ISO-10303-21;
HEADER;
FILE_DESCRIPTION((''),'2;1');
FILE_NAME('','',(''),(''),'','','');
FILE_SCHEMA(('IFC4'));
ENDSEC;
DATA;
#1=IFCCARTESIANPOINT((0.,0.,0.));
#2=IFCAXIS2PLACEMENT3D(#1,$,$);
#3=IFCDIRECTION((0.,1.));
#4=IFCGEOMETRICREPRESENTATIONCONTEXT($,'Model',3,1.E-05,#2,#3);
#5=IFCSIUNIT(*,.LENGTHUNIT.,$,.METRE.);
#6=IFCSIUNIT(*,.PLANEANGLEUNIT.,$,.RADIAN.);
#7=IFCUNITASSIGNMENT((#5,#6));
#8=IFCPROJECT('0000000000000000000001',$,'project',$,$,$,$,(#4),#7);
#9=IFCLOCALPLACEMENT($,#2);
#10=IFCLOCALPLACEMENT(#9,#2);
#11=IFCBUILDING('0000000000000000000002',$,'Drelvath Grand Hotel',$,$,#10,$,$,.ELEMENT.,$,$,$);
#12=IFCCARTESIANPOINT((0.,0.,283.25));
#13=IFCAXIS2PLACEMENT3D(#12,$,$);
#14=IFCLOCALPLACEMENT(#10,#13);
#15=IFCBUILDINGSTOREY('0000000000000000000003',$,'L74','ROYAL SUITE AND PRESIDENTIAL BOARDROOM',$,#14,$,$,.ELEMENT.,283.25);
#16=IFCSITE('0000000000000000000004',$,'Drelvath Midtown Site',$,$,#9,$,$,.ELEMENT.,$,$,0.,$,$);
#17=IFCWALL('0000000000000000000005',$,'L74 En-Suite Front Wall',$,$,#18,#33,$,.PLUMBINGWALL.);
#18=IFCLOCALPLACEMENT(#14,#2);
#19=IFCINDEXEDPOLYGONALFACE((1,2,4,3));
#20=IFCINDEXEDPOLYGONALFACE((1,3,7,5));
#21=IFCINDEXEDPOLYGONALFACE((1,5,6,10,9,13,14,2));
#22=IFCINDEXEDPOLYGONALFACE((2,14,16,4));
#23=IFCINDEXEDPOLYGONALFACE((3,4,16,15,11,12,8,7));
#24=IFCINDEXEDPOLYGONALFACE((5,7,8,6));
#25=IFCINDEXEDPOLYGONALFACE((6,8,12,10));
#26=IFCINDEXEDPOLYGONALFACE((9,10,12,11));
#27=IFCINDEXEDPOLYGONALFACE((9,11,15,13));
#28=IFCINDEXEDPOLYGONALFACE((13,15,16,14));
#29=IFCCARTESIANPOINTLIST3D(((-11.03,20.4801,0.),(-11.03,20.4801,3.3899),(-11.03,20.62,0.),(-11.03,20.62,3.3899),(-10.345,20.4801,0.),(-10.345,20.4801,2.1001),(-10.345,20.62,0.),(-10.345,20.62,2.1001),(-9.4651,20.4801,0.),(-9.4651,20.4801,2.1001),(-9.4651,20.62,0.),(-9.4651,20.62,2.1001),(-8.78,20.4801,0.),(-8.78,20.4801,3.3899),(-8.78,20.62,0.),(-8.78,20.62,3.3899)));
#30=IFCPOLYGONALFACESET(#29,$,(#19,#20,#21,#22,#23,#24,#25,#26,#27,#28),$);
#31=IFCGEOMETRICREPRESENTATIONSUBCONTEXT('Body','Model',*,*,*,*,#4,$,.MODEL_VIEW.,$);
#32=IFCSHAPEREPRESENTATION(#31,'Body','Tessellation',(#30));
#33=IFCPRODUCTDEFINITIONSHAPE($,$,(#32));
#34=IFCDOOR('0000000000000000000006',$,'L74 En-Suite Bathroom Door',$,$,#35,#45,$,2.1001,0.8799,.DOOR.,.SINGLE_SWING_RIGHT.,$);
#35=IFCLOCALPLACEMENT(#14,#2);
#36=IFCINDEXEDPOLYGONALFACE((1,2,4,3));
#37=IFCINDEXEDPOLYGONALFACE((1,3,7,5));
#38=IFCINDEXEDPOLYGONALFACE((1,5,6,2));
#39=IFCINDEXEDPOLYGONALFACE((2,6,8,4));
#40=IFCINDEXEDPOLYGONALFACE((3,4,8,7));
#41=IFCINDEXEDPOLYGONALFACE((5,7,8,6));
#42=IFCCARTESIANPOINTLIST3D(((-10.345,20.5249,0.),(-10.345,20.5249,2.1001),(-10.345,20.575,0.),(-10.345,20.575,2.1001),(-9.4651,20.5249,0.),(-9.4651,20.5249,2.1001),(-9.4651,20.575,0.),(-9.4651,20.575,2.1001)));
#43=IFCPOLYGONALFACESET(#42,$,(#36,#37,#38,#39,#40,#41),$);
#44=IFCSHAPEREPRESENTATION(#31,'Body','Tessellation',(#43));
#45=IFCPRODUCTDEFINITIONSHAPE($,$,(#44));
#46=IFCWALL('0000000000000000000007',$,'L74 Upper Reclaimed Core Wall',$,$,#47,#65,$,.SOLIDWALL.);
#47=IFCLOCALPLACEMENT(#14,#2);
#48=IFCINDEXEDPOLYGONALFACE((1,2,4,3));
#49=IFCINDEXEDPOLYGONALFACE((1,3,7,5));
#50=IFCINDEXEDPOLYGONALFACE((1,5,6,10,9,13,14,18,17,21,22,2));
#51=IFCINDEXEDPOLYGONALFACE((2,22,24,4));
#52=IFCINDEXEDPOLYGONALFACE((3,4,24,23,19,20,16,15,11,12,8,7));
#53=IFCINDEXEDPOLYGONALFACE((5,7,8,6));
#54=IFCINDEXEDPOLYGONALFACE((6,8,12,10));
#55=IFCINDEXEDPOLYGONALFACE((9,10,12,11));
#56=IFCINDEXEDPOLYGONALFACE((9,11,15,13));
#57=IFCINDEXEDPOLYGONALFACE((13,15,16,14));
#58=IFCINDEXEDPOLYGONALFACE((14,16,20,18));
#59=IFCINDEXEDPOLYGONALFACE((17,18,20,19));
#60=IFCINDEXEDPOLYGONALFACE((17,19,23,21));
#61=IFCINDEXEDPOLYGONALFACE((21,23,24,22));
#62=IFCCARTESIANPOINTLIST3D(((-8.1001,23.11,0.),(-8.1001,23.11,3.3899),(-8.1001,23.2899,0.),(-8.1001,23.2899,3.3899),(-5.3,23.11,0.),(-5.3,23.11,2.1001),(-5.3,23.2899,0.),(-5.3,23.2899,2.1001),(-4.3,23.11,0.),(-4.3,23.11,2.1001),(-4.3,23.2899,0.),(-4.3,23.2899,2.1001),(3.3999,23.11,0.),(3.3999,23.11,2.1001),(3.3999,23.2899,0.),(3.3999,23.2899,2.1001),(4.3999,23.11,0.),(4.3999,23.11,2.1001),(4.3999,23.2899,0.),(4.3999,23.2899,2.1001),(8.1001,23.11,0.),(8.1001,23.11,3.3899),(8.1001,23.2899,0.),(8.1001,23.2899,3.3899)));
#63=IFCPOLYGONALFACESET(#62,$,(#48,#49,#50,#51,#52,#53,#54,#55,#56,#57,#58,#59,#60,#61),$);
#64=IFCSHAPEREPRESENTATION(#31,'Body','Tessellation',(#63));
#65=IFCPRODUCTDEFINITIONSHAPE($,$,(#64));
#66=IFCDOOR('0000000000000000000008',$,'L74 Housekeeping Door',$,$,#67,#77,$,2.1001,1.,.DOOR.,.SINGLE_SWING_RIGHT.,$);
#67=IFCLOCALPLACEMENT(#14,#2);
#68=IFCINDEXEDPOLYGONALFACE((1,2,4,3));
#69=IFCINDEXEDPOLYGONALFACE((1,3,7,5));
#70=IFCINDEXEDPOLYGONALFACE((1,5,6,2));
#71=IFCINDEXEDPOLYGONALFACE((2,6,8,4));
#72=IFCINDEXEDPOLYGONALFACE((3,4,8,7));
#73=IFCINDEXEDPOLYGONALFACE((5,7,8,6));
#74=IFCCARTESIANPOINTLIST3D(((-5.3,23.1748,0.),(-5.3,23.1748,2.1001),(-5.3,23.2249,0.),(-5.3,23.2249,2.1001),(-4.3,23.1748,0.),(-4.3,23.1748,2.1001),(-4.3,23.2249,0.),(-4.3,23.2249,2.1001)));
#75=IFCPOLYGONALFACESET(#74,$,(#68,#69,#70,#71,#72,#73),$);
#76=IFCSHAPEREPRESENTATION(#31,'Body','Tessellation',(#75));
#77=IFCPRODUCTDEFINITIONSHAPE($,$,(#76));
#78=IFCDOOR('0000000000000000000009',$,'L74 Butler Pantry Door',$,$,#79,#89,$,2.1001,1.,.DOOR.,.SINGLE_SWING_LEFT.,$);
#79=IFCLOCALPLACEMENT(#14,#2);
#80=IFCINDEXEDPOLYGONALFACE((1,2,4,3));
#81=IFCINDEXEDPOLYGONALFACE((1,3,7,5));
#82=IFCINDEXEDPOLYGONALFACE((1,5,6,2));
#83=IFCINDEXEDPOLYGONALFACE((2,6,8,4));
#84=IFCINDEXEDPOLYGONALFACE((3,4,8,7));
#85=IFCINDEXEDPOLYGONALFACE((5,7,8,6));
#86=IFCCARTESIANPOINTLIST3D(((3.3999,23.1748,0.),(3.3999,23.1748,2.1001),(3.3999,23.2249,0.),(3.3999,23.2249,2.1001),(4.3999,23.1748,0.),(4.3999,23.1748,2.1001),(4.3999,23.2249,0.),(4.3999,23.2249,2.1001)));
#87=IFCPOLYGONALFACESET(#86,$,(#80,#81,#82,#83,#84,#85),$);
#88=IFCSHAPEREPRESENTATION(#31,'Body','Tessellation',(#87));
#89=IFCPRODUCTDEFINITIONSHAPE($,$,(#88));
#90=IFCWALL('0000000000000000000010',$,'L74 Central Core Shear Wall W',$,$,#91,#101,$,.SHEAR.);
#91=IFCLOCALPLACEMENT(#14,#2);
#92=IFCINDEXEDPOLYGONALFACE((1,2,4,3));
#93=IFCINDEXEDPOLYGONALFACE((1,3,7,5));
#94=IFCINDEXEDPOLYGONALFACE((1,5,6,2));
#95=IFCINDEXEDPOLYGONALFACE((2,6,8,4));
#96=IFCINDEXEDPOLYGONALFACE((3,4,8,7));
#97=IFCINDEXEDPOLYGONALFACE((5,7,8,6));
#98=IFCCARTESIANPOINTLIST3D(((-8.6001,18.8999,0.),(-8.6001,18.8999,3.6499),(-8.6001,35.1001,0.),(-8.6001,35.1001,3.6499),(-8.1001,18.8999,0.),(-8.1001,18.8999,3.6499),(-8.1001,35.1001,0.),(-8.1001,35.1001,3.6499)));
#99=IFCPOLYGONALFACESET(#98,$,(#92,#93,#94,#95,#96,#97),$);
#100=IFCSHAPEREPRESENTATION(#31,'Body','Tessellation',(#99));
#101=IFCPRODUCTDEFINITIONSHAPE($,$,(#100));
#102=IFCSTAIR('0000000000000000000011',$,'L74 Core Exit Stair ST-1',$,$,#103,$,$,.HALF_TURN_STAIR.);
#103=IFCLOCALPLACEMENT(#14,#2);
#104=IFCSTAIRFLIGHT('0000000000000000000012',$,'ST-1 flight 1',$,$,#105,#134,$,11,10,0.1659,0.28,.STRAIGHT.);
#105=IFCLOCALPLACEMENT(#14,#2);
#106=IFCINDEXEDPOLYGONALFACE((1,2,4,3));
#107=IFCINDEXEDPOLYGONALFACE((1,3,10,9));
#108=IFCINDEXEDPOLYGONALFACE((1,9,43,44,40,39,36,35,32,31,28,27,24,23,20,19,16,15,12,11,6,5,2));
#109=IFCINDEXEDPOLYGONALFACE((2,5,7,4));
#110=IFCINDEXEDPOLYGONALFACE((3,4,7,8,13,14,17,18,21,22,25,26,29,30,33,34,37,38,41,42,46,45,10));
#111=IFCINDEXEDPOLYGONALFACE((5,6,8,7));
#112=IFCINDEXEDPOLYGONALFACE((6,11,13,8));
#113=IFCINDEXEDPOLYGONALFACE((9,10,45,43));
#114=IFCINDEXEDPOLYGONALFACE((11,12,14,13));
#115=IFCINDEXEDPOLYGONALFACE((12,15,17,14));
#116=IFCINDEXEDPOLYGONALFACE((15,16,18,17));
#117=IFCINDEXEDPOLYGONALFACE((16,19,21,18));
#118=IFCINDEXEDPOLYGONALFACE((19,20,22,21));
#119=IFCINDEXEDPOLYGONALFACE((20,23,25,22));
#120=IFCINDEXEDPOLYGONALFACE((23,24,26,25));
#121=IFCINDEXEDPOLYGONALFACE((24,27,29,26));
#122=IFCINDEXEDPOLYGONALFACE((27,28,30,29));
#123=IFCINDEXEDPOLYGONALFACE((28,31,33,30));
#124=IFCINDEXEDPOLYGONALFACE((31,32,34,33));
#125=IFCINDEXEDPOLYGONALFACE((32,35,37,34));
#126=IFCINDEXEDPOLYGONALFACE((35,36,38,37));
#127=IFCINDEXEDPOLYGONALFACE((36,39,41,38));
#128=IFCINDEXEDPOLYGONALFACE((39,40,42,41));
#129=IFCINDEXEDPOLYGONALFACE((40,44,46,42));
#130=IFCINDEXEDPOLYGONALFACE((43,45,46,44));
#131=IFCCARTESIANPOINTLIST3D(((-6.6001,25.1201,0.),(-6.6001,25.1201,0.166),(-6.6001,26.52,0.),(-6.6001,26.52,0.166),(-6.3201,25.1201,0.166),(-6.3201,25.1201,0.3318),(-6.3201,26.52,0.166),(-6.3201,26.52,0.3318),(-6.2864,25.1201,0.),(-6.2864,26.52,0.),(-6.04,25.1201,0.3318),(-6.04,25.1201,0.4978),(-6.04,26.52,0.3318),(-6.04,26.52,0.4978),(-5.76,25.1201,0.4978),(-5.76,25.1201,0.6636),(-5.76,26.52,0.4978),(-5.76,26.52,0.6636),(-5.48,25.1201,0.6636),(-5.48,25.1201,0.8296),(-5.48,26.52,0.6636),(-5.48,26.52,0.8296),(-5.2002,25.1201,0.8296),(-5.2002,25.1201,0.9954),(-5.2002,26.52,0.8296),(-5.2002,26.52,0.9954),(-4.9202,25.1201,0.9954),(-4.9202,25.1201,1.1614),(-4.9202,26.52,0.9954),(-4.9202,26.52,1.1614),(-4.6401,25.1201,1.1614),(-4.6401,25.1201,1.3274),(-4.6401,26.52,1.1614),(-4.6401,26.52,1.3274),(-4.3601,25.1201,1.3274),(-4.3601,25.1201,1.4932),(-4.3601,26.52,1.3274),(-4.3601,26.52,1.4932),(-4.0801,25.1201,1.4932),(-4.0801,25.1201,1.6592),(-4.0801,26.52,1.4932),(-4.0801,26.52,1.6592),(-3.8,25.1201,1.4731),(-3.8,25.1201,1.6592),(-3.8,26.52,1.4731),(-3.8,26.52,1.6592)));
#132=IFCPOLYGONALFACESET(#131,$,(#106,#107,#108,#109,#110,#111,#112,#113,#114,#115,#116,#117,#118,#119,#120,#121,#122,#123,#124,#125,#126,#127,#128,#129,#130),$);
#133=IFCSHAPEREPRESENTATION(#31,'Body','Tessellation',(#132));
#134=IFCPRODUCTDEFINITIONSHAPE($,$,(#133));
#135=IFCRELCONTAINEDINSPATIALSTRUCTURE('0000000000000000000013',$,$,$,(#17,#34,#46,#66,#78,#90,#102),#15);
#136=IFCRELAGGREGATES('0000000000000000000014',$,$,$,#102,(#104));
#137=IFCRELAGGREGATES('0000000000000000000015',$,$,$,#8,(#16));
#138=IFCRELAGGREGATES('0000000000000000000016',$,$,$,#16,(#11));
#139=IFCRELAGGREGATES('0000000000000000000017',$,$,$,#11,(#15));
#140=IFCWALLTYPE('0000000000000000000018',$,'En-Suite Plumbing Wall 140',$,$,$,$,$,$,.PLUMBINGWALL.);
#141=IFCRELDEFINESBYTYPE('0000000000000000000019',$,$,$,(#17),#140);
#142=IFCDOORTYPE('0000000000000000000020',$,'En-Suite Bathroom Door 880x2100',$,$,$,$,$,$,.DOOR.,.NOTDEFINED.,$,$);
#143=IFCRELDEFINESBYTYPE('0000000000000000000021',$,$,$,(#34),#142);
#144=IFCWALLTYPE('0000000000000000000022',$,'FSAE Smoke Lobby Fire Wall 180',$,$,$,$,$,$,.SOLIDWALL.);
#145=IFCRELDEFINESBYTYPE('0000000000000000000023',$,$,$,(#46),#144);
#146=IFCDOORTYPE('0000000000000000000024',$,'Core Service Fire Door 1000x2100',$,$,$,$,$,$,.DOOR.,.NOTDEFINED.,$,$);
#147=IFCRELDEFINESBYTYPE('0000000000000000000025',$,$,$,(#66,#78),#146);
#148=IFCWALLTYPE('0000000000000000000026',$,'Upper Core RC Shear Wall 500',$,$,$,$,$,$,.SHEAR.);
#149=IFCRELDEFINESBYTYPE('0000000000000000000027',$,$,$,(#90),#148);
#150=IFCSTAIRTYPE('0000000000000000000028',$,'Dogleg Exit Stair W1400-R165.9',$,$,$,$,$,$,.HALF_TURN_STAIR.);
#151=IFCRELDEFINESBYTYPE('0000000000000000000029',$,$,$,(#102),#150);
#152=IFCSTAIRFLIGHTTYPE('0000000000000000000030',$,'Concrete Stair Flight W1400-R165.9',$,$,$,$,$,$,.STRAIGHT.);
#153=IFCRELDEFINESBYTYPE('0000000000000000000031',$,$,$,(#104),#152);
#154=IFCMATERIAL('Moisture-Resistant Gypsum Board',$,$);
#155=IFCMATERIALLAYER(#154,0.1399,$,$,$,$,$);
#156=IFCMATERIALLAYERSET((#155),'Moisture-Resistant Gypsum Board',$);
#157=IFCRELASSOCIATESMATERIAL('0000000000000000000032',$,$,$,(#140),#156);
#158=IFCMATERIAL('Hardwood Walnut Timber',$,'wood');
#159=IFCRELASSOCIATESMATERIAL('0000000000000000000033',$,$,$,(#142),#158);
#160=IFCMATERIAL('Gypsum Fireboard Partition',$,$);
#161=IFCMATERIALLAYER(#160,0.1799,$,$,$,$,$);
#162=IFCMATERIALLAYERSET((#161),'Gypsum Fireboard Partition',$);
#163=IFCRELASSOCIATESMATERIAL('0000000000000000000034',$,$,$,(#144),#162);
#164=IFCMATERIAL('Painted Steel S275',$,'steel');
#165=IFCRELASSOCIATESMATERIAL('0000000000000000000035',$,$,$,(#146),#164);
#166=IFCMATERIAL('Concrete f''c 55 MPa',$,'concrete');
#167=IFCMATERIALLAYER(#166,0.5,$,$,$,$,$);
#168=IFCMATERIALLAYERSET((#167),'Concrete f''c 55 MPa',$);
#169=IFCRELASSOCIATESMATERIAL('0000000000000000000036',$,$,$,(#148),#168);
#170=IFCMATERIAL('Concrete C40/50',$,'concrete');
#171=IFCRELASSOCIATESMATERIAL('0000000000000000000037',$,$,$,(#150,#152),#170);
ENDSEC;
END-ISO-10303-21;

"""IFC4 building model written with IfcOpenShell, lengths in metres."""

from ifc_helpers import new_model, si_unit, direction, frame, frame_2d, origin, place, context, subcontext, project, spatial, polyline, rectangle, outline, extrude, material, layer, layer_set, type_object, element, fill, aggregate, save


model = new_model("IFC4")

# Units and contexts
model_context = context("Model", 3, precision=1e-05, world=origin(), true_north=direction((0.0, 1.0)))
body_context = subcontext(model_context, "Body", "Model", "MODEL_VIEW")
ifc_project = project(units=[si_unit("LENGTHUNIT", "METRE"), si_unit("PLANEANGLEUNIT", "RADIAN")], contexts=[model_context])

# Site, building, storey
site_placement = place(None, origin())
site = spatial("IfcSite", under=ifc_project, at=site_placement, Name="Drelvath Midtown Site", CompositionType="ELEMENT", RefElevation=0.0)
building_placement = place(site_placement, origin())
building = spatial("IfcBuilding", under=site, at=building_placement, Name="Drelvath Grand Hotel", CompositionType="ELEMENT")
storey_placement = place(building_placement, frame((0.0, 0.0, 283.25)))
storey = spatial("IfcBuildingStorey", under=building, at=storey_placement, Name="L74", Description="ROYAL SUITE AND PRESIDENTIAL BOARDROOM", CompositionType="ELEMENT", Elevation=283.25)

# Shared definitions
ifc_material_1 = material(Name="Concrete f'c 55 MPa", Category="concrete")

# Shared definitions
ifc_material_2 = material(Name="Concrete C40/50", Category="concrete")
ifc_material_3 = material(Name="Painted Steel S275", Category="steel")

# Shared definitions
ifc_material_4 = material(Name="Gypsum Fireboard Partition")
ifc_material_5 = material(Name="Hardwood Walnut Timber", Category="wood")

# Shared definitions
ifc_material_6 = material(Name="Moisture-Resistant Gypsum Board")
ifc_layer_1 = layer(ifc_material_6, 0.1399)
ifc_layer_set_1 = layer_set([ifc_layer_1], Name="Moisture-Resistant Gypsum Board")
wall_type_1 = type_object("IfcWallType", Name="En-Suite Plumbing Wall 140", PredefinedType="PLUMBINGWALL", material=ifc_layer_set_1)

# Shared definitions
door_type_1 = type_object("IfcDoorType", Name="En-Suite Bathroom Door 880x2100", OperationType="NOTDEFINED", PredefinedType="DOOR", material=ifc_material_5)

# Wall, opening, door
wall_1_placement = place(storey_placement, frame((-11.03, 20.55, 0.0), z_axis=(0.0, 0.0, 1.0), x_axis=(1.0, 0.0, 0.0)))
wall_1 = element("IfcWall", 1, at=wall_1_placement, inside=storey, type_object=wall_type_1, Name="L74 En-Suite Front Wall", PredefinedType="PLUMBINGWALL", context=body_context, shape_type="SweptSolid", body=[
    extrude(rectangle(XDim=2.25, YDim=0.1399, at=frame_2d((1.125, 0.0))), origin(), (0.0, 0.0, 1.0), 3.3899),
])
opening_1_placement = place(wall_1_placement, frame((0.6851, 0.0, 0.0)))
opening_1 = element("IfcOpeningElement", 2, at=opening_1_placement, cuts=wall_1, PredefinedType="OPENING", context=body_context, shape_type="SweptSolid", body=[
    extrude(rectangle(XDim=0.8799, YDim=2.1001, at=frame_2d((0.4399, 1.05))), frame((0.0, 0.0798, 0.0), z_axis=(0.0, -1.0, 0.0), x_axis=(1.0, 0.0, 0.0)), (0.0, 0.0, 1.0), 0.1599),
])
door_1_placement = place(opening_1_placement, origin())
door_1 = element("IfcDoor", 3, at=door_1_placement, inside=storey, type_object=door_type_1, Name="L74 En-Suite Bathroom Door", OperationType="SINGLE_SWING_RIGHT", OverallHeight=2.1001, OverallWidth=0.8799, PredefinedType="DOOR", context=body_context, shape_type="SweptSolid", body=[
    extrude(rectangle(XDim=0.8799, YDim=2.1001, at=frame_2d((0.4399, 1.05))), frame((0.0, 0.0249, 0.0), z_axis=(0.0, -1.0, 0.0), x_axis=(1.0, 0.0, 0.0)), (0.0, 0.0, 1.0), 0.05),
])
fill(opening_1, door_1)

# Wall, openings, doors
ifc_layer_2 = layer(ifc_material_4, 0.1799)
ifc_layer_set_2 = layer_set([ifc_layer_2], Name="Gypsum Fireboard Partition")
wall_type_2 = type_object("IfcWallType", Name="FSAE Smoke Lobby Fire Wall 180", PredefinedType="SOLIDWALL", material=ifc_layer_set_2)
wall_2_placement = place(storey_placement, frame((-8.1001, 23.2, 0.0), z_axis=(0.0, 0.0, 1.0), x_axis=(1.0, 0.0, 0.0)))
wall_2 = element("IfcWall", 4, at=wall_2_placement, inside=storey, type_object=wall_type_2, Name="L74 Upper Reclaimed Core Wall", PredefinedType="SOLIDWALL", context=body_context, shape_type="SweptSolid", body=[
    extrude(rectangle(XDim=16.2002, YDim=0.1799, at=frame_2d((8.1001, 0.0))), origin(), (0.0, 0.0, 1.0), 3.3899),
])
opening_2_placement = place(wall_2_placement, frame((2.8, 0.0, 0.0)))
opening_2 = element("IfcOpeningElement", 5, at=opening_2_placement, cuts=wall_2, PredefinedType="OPENING", context=body_context, shape_type="SweptSolid", body=[
    extrude(rectangle(XDim=1.0, YDim=2.1001, at=frame_2d((0.5, 1.05))), frame((0.0, 0.0999, 0.0), z_axis=(0.0, -1.0, 0.0), x_axis=(1.0, 0.0, 0.0)), (0.0, 0.0, 1.0), 0.2),
])
opening_3_placement = place(wall_2_placement, frame((11.5, 0.0, 0.0)))
opening_3 = element("IfcOpeningElement", 6, at=opening_3_placement, cuts=wall_2, PredefinedType="OPENING", context=body_context, shape_type="SweptSolid", body=[
    extrude(rectangle(XDim=1.0, YDim=2.1001, at=frame_2d((0.5, 1.05))), frame((0.0, 0.0999, 0.0), z_axis=(0.0, -1.0, 0.0), x_axis=(1.0, 0.0, 0.0)), (0.0, 0.0, 1.0), 0.2),
])
door_type_2 = type_object("IfcDoorType", Name="Core Service Fire Door 1000x2100", OperationType="NOTDEFINED", PredefinedType="DOOR", material=ifc_material_3)
door_2_placement = place(opening_2_placement, origin())
door_2 = element("IfcDoor", 7, at=door_2_placement, inside=storey, type_object=door_type_2, Name="L74 Housekeeping Door", OperationType="SINGLE_SWING_RIGHT", OverallHeight=2.1001, OverallWidth=1.0, PredefinedType="DOOR", context=body_context, shape_type="SweptSolid", body=[
    extrude(rectangle(XDim=1.0, YDim=2.1001, at=frame_2d((0.5, 1.05))), frame((0.0, 0.0249, 0.0), z_axis=(0.0, -1.0, 0.0), x_axis=(1.0, 0.0, 0.0)), (0.0, 0.0, 1.0), 0.05),
])
fill(opening_2, door_2)
door_3_placement = place(opening_3_placement, origin())
door_3 = element("IfcDoor", 8, at=door_3_placement, inside=storey, type_object=door_type_2, Name="L74 Butler Pantry Door", OperationType="SINGLE_SWING_LEFT", OverallHeight=2.1001, OverallWidth=1.0, PredefinedType="DOOR", context=body_context, shape_type="SweptSolid", body=[
    extrude(rectangle(XDim=1.0, YDim=2.1001, at=frame_2d((0.5, 1.05))), frame((0.0, 0.0249, 0.0), z_axis=(0.0, -1.0, 0.0), x_axis=(1.0, 0.0, 0.0)), (0.0, 0.0, 1.0), 0.05),
])
fill(opening_3, door_3)

# Wall
ifc_layer_3 = layer(ifc_material_1, 0.5)
ifc_layer_set_3 = layer_set([ifc_layer_3], Name="Concrete f'c 55 MPa")
wall_type_3 = type_object("IfcWallType", Name="Upper Core RC Shear Wall 500", PredefinedType="SHEAR", material=ifc_layer_set_3)
wall_3_placement = place(storey_placement, frame((-8.3501, 18.8999, 0.0), z_axis=(0.0, 0.0, 1.0), x_axis=(0.0, 1.0, 0.0)))
element("IfcWall", 9, at=wall_3_placement, inside=storey, type_object=wall_type_3, Name="L74 Central Core Shear Wall W", PredefinedType="SHEAR", context=body_context, shape_type="SweptSolid", body=[
    extrude(rectangle(XDim=16.2002, YDim=0.5, at=frame_2d((8.1001, 0.0))), origin(), (0.0, 0.0, 1.0), 3.6499),
])

# Stair, stair flight
stair_type = type_object("IfcStairType", Name="Dogleg Exit Stair W1400-R165.9", PredefinedType="HALF_TURN_STAIR", material=ifc_material_2)
stair_placement = place(storey_placement, origin())
stair = element("IfcStair", 10, at=stair_placement, inside=storey, type_object=stair_type, Name="L74 Core Exit Stair ST-1", PredefinedType="HALF_TURN_STAIR")
stair_flight_type = type_object("IfcStairFlightType", Name="Concrete Stair Flight W1400-R165.9", PredefinedType="STRAIGHT", material=ifc_material_2)
stair_flight_placement = place(storey_placement, frame((-6.6001, 25.8201, 0.0), z_axis=(0.0, 0.0, 1.0), x_axis=(1.0, 0.0, 0.0)))
stair_flight = element("IfcStairFlight", 11, at=stair_flight_placement, type_object=stair_flight_type, Name="ST-1 flight 1", NumberOfRisers=11, NumberOfTreads=10, PredefinedType="STRAIGHT", RiserHeight=0.1659, TreadLength=0.28, context=body_context, shape_type="SweptSolid", body=[
    extrude(outline(polyline([(0.0, 0.0), (0.0, 0.166), (0.28, 0.166), (0.28, 0.3318), (0.5601, 0.3318), (0.5601, 0.4978), (0.8401, 0.4978), (0.8401, 0.6636), (1.1201, 0.6636), (1.1201, 0.8296), (1.3999, 0.8296), (1.3999, 0.9954), (1.6799, 0.9954), (1.6799, 1.1614), (1.96, 1.1614), (1.96, 1.3274), (2.24, 1.3274), (2.24, 1.4932), (2.52, 1.4932), (2.52, 1.6592), (2.8, 1.6592), (2.8, 1.825), (2.8, 1.4731), (0.3137, 0.0), (0.0, 0.0)])), frame((0.0, 0.7, 0.0), z_axis=(0.0, -1.0, 0.0), x_axis=(1.0, 0.0, 0.0)), (0.0, 0.0, 1.0), 1.3999),
])
aggregate(stair, [stair_flight])

save(model, "model.ifc")
